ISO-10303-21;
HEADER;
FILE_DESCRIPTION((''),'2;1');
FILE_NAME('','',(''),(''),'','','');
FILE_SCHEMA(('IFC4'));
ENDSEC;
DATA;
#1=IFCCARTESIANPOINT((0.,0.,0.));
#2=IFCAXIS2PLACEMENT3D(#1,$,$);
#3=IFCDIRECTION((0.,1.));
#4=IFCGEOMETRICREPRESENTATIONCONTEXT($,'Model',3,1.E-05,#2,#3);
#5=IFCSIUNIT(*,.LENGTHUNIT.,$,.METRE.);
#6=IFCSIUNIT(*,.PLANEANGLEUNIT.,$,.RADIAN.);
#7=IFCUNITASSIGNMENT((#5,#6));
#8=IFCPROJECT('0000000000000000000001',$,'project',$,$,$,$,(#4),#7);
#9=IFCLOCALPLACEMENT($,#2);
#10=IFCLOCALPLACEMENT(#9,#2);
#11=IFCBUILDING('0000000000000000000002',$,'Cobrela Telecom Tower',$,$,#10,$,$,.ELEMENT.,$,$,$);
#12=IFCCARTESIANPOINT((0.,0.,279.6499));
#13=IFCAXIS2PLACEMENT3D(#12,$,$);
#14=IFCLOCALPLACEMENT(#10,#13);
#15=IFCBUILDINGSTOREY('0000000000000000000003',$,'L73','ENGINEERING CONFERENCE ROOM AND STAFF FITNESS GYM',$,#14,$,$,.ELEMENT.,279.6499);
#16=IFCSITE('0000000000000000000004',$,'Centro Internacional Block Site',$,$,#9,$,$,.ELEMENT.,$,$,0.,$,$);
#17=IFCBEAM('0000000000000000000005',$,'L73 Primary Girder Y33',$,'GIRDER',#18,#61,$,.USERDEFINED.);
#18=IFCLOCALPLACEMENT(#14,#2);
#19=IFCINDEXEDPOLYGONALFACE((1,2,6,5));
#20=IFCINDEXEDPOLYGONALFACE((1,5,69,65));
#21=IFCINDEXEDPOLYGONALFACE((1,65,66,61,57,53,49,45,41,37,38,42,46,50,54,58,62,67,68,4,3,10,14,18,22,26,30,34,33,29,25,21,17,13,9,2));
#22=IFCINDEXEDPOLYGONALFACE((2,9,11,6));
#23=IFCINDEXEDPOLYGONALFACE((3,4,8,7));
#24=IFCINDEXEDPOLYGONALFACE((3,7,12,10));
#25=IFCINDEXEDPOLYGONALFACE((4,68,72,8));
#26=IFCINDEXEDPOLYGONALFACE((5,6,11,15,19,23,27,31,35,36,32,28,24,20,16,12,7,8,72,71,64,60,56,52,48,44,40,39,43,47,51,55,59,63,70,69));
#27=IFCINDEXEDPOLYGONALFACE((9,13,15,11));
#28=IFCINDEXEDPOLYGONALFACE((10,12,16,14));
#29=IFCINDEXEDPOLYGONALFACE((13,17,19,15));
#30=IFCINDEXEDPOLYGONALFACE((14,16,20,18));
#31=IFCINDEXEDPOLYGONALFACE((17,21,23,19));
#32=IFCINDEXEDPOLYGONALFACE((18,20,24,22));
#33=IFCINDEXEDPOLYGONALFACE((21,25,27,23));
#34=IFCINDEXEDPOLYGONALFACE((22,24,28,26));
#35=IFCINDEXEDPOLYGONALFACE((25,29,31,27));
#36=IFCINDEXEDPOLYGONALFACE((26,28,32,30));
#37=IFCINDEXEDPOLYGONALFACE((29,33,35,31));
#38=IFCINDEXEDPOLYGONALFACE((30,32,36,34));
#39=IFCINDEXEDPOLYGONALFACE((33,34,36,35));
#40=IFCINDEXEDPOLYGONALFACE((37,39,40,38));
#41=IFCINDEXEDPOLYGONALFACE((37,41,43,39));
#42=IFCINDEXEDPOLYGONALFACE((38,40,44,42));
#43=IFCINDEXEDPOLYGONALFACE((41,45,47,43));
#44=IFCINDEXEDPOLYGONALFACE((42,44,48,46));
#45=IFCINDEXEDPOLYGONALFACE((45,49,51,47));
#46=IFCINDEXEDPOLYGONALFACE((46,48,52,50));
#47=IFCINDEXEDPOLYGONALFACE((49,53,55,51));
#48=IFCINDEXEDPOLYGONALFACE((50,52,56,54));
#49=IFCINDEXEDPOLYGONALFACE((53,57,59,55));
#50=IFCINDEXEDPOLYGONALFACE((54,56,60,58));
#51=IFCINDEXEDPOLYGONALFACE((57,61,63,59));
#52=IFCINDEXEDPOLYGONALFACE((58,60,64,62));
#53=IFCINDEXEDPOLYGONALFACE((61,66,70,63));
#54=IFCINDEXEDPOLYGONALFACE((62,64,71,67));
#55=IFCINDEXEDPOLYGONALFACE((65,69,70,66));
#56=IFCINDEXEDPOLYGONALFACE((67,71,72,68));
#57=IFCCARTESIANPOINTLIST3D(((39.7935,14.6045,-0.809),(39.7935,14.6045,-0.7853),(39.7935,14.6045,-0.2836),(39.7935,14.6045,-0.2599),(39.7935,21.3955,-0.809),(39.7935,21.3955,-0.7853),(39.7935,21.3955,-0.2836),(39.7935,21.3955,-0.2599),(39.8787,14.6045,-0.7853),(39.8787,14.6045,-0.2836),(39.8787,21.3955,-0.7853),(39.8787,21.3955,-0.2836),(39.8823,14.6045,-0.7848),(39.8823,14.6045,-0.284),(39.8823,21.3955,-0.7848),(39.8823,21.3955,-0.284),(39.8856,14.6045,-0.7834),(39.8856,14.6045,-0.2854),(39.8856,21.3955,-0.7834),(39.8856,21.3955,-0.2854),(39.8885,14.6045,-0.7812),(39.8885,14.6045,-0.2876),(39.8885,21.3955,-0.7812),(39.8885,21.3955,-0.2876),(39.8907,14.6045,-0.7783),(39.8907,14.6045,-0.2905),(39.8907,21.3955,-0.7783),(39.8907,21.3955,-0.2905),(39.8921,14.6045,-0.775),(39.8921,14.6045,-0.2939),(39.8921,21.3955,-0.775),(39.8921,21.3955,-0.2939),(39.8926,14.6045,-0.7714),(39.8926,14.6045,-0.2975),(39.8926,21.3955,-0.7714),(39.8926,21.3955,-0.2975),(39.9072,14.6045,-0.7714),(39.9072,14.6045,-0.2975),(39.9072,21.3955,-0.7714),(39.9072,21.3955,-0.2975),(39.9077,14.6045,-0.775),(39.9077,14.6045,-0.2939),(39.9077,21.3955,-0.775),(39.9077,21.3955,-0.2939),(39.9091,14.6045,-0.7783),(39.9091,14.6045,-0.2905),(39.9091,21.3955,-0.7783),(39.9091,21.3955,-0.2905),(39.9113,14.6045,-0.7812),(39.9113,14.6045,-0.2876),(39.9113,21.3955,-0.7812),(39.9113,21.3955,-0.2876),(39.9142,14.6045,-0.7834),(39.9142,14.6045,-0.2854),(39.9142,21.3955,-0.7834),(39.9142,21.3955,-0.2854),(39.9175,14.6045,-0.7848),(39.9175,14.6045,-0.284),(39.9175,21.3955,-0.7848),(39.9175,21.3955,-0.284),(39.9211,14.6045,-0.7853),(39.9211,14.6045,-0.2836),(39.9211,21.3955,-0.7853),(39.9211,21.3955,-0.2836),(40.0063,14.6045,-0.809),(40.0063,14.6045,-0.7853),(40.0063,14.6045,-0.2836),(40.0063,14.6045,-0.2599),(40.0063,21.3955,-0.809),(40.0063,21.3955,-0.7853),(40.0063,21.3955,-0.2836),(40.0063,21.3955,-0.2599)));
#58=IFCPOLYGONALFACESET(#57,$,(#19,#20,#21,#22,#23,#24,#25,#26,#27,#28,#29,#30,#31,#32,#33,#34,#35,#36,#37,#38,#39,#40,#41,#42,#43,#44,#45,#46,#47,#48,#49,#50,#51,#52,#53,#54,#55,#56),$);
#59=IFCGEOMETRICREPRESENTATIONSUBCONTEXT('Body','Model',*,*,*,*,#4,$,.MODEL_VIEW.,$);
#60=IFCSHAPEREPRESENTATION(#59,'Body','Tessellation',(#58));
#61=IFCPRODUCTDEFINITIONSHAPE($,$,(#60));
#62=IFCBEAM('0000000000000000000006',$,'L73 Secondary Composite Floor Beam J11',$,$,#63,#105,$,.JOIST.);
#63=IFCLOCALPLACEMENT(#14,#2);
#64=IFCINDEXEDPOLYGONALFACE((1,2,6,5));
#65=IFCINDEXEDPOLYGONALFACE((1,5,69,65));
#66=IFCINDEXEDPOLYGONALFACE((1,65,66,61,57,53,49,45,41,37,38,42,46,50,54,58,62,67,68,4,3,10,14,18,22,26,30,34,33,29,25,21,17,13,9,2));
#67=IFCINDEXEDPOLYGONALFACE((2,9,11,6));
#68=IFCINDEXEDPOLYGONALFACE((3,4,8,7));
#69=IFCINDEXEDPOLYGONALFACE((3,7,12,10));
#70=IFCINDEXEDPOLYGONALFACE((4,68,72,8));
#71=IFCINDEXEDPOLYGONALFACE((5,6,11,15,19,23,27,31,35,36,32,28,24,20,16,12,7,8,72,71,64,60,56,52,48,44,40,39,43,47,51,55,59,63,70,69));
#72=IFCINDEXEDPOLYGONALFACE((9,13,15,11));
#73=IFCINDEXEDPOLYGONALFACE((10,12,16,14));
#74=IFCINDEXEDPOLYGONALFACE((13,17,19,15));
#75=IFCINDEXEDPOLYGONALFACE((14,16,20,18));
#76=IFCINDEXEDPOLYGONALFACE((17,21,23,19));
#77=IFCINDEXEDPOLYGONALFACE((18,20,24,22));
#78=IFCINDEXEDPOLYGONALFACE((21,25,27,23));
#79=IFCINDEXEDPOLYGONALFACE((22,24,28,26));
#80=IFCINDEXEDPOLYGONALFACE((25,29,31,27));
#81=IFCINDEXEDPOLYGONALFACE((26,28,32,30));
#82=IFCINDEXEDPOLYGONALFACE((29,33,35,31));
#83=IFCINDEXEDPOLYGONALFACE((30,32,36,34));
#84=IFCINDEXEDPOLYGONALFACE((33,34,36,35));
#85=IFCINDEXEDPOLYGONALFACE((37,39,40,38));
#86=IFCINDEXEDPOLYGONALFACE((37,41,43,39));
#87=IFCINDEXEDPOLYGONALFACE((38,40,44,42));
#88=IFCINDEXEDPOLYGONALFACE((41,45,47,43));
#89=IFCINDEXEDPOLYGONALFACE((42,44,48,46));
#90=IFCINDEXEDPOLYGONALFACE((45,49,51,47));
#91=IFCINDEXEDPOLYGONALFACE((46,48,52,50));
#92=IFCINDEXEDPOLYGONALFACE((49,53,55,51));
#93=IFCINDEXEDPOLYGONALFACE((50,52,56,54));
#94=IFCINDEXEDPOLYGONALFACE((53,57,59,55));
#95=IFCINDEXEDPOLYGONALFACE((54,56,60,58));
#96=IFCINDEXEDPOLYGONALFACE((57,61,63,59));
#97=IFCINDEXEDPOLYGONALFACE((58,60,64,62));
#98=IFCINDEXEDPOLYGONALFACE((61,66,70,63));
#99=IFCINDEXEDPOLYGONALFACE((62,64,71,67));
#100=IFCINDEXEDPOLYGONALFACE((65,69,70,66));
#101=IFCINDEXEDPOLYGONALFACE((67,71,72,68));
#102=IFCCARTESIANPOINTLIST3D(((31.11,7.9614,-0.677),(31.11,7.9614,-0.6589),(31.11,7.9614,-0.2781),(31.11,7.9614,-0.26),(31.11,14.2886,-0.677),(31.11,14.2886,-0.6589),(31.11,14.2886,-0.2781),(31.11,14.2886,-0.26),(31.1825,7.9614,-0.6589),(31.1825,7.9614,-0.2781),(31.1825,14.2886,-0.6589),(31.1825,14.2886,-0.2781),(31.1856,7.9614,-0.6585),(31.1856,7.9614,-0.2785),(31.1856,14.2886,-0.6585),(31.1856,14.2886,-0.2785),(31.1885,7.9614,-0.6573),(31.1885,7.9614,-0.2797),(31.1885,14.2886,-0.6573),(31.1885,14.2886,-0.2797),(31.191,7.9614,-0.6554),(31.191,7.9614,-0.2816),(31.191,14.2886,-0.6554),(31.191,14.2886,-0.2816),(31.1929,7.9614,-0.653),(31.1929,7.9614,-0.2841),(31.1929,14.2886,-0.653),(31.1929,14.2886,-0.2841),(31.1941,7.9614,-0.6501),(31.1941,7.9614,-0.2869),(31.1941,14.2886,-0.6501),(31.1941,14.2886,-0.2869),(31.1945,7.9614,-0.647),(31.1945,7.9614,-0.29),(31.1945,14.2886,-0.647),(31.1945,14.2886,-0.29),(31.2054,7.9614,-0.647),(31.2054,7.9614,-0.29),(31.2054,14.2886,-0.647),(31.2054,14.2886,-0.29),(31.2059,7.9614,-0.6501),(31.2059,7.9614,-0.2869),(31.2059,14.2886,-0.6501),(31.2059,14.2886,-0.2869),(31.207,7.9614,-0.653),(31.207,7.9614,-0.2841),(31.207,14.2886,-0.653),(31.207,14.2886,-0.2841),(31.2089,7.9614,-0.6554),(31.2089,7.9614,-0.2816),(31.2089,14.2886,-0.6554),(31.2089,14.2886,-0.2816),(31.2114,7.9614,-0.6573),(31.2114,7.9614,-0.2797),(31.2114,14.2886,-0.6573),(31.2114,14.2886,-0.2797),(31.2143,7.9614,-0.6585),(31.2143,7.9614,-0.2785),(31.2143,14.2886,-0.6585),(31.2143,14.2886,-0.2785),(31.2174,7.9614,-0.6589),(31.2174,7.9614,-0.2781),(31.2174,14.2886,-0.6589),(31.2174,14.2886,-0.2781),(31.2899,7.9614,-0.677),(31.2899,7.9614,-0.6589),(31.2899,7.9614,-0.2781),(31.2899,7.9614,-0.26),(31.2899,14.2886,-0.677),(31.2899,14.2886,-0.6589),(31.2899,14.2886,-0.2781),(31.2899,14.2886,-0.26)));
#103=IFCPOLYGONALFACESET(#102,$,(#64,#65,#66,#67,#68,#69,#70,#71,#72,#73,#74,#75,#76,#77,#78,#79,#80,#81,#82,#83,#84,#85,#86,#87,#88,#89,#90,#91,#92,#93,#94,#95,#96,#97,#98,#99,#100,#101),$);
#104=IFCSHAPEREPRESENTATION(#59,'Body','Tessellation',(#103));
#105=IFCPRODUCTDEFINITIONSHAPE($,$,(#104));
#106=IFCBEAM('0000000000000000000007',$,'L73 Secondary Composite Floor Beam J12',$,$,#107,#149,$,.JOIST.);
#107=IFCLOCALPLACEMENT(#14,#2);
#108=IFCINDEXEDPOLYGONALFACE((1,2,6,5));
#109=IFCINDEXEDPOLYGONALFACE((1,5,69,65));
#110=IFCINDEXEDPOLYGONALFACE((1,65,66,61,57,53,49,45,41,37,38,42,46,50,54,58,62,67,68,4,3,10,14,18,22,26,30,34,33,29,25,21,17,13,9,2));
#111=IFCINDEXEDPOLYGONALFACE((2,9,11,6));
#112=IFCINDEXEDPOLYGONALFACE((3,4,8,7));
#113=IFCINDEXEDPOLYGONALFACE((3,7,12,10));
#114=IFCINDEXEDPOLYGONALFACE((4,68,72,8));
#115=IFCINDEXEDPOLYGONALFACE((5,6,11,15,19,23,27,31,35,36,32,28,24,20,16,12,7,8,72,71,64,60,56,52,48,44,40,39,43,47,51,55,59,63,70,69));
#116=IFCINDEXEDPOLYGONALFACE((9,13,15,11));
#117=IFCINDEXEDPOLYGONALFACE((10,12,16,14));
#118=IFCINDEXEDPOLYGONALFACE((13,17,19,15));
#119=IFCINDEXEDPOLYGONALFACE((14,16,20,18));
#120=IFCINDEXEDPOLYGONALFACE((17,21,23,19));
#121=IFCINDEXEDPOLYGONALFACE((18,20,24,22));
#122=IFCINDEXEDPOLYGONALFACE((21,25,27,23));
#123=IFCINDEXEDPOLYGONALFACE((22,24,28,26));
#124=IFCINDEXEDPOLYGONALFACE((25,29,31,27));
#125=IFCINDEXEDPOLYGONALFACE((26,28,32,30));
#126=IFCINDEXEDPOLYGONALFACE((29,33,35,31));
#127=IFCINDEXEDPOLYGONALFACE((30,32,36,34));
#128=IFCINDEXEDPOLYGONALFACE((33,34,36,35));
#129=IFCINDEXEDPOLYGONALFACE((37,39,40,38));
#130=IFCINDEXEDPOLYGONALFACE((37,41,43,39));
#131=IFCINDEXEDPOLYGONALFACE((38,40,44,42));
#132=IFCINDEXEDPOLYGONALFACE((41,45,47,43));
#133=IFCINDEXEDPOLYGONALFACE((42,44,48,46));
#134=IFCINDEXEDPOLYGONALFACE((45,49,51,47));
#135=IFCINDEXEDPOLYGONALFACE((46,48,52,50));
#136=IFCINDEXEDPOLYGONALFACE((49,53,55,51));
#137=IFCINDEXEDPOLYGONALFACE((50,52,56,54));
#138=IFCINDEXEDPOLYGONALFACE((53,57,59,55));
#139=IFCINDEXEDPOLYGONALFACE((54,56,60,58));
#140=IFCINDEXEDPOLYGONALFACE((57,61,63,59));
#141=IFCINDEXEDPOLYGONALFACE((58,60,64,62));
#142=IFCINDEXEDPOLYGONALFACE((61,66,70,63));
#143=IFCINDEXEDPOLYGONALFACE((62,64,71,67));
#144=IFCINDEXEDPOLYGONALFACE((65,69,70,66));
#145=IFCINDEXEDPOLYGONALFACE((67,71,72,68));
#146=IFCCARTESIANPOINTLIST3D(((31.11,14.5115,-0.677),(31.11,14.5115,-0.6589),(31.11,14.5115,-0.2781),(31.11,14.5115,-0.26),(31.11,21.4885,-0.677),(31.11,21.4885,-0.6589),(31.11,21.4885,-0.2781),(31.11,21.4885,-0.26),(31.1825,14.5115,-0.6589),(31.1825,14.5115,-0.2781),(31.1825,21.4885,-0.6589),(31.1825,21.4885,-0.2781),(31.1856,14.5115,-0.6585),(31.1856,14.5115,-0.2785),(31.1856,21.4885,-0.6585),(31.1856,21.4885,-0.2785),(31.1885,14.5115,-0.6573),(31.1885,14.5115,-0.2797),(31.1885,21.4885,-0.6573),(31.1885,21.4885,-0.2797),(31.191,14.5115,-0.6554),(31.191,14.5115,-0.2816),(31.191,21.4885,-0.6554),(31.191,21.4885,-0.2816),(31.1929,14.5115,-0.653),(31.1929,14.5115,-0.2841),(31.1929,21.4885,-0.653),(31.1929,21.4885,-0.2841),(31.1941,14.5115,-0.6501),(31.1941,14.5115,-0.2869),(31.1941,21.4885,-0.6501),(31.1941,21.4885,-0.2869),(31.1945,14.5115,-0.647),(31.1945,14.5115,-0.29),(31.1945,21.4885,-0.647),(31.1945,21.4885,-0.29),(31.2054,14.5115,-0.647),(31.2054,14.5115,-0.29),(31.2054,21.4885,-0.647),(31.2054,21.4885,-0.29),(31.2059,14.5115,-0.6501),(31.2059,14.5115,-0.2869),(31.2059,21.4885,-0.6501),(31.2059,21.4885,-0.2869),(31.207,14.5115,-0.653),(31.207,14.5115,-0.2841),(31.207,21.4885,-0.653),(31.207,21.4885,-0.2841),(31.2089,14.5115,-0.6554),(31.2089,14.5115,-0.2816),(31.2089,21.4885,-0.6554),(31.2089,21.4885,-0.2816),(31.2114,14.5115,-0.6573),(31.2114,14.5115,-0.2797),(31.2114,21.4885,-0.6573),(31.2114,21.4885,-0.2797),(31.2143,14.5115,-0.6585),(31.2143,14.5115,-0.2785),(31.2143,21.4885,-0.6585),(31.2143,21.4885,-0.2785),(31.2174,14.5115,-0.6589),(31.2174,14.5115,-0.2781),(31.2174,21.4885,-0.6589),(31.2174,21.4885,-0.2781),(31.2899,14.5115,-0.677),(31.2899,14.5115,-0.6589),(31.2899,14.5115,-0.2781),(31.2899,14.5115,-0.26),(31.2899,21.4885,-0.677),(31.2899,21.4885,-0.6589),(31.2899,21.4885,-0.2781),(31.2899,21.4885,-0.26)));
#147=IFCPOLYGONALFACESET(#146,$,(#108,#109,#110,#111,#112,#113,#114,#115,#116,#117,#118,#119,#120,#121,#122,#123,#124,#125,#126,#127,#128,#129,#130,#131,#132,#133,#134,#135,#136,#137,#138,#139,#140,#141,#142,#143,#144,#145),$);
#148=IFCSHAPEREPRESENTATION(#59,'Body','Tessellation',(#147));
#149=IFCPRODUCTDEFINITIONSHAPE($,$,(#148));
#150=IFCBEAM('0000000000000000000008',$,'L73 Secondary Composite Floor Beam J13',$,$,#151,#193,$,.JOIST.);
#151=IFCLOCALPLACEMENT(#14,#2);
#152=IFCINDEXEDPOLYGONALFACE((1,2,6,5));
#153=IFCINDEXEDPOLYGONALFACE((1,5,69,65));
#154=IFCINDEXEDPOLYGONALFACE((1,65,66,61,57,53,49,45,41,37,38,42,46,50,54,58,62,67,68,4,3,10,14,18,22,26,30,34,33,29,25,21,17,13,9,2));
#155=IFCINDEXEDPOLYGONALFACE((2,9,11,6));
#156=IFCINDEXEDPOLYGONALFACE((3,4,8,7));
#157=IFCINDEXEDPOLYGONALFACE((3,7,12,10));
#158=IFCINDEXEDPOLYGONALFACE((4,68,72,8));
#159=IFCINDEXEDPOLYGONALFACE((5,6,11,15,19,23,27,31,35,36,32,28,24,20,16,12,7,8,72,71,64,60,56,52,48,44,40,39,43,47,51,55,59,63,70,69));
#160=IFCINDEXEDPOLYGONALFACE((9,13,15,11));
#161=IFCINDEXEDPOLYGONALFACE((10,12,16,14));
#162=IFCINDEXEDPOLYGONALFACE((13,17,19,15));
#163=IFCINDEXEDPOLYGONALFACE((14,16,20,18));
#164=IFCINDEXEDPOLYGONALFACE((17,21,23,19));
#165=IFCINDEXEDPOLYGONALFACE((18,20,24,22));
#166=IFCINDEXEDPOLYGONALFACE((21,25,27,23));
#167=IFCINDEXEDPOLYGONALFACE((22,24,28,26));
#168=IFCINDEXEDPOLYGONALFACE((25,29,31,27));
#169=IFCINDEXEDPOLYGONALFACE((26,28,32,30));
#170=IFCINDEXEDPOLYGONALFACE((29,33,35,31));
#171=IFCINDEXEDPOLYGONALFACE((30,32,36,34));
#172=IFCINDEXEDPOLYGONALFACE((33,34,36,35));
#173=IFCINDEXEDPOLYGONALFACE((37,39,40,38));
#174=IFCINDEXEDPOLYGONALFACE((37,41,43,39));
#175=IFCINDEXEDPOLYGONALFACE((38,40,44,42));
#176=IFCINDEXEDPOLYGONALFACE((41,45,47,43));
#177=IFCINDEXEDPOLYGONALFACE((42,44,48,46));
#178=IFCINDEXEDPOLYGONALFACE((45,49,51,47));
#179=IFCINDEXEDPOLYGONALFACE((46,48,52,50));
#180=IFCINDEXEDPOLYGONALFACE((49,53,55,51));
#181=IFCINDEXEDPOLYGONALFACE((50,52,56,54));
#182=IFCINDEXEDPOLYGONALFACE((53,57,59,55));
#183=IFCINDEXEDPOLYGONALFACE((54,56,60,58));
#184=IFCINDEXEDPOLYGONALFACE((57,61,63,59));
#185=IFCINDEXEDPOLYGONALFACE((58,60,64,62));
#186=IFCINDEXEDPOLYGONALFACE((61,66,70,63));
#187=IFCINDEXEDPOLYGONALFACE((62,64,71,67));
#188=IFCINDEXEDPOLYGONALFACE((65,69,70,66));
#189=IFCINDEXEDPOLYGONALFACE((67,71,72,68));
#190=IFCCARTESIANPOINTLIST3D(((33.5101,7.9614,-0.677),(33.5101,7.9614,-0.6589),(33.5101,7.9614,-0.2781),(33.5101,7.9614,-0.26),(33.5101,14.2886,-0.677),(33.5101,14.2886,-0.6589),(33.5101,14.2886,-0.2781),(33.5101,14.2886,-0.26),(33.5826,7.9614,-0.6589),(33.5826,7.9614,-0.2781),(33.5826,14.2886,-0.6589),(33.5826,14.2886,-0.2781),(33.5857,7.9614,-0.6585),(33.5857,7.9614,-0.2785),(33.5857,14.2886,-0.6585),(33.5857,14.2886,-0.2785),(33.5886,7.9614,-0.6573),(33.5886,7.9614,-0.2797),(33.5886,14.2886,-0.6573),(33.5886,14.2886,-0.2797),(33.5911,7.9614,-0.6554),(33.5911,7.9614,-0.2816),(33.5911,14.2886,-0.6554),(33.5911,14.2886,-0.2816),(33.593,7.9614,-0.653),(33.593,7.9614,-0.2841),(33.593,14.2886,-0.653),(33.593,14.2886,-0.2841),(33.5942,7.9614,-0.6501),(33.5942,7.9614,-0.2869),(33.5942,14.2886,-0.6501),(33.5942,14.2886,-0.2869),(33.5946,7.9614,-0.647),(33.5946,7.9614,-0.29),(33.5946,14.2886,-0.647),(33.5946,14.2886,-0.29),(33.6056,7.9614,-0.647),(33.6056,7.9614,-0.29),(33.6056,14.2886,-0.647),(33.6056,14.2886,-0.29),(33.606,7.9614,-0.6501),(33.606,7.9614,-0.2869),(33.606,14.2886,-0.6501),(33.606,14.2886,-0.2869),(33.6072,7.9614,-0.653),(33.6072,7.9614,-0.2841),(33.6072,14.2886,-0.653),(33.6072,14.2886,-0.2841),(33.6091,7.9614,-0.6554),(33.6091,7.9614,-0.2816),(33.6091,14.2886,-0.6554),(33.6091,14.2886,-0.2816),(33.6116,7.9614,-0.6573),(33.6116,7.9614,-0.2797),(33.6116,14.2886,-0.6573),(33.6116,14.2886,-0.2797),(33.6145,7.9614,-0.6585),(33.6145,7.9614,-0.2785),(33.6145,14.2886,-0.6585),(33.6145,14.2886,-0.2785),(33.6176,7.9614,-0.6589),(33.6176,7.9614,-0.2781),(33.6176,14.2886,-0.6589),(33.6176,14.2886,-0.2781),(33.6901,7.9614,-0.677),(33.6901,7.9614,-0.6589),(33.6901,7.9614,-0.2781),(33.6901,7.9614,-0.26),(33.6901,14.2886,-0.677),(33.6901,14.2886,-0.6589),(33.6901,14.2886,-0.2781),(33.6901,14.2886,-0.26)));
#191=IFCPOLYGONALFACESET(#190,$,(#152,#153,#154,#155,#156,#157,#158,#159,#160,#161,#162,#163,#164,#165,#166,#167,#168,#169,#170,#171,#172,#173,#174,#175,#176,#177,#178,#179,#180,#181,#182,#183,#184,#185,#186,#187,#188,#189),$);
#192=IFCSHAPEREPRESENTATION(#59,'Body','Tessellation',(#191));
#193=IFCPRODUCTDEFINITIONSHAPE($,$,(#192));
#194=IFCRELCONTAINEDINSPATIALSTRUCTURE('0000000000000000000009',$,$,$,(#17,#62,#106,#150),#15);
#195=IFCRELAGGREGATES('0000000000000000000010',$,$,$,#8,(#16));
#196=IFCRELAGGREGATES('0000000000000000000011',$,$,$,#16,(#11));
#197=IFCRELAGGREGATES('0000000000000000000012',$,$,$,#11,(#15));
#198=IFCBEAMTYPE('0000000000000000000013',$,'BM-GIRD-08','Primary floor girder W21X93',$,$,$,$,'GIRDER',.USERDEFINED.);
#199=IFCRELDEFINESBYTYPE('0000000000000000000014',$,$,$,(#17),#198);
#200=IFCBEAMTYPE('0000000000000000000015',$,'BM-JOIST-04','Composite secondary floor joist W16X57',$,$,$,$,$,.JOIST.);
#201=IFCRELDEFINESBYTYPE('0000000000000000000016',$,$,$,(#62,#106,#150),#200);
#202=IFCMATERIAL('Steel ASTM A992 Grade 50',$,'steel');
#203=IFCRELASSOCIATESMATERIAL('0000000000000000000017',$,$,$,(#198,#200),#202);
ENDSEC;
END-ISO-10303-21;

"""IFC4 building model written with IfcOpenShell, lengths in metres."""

from ifc_helpers import new_model, si_unit, direction, frame, origin, origin_2d, place, context, subcontext, project, spatial, i_section, extrude, material, material_profile, profile_set, type_object, element, save


model = new_model("IFC4")

# Units and contexts
model_context = context("Model", 3, precision=1e-05, world=origin(), true_north=direction((0.0, 1.0)))
body_context = subcontext(model_context, "Body", "Model", "MODEL_VIEW")
ifc_project = project(units=[si_unit("LENGTHUNIT", "METRE"), si_unit("PLANEANGLEUNIT", "RADIAN")], contexts=[model_context])

# Site, building, storey
site_placement = place(None, origin())
site = spatial("IfcSite", under=ifc_project, at=site_placement, Name="Centro Internacional Block Site", CompositionType="ELEMENT", RefElevation=0.0)
building_placement = place(site_placement, origin())
building = spatial("IfcBuilding", under=site, at=building_placement, Name="Cobrela Telecom Tower", CompositionType="ELEMENT")
storey_placement = place(building_placement, frame((0.0, 0.0, 279.6499)))
storey = spatial("IfcBuildingStorey", under=building, at=storey_placement, Name="L73", Description="ENGINEERING CONFERENCE ROOM AND STAFF FITNESS GYM", CompositionType="ELEMENT", Elevation=279.6499)

# Shared definitions
ifc_material_1 = material(Name="Steel ASTM A992 Grade 50", Category="steel")

# Beams
ifc_material_profile_1 = material_profile(ifc_material_1, i_section(OverallWidth=0.2129, OverallDepth=0.5491, WebThickness=0.0146, FlangeThickness=0.0237, FilletRadius=0.0139, at=origin_2d()), Name="W21X93")
ifc_profile_set_1 = profile_set([ifc_material_profile_1], Name="Steel ASTM A992 Grade 50")
beam_type_1 = type_object("IfcBeamType", Name="BM-GIRD-08", Description="Primary floor girder W21X93", ElementType="GIRDER", PredefinedType="USERDEFINED", material=ifc_profile_set_1)
for number, where, z_axis, x_axis, name in (
    (1, (39.8999, 14.6045, -0.5344), (0.0, 1.0, 0.0), (-1.0, 0.0, 0.0), "L73 Primary Girder Y33"),
):
    element("IfcBeam", number, at=place(storey_placement, frame(where, z_axis=z_axis, x_axis=x_axis)), inside=storey, type_object=beam_type_1, Name=name, ObjectType="GIRDER", PredefinedType="USERDEFINED", context=body_context, shape_type="SweptSolid", body=[
        extrude(i_section(OverallWidth=0.2129, OverallDepth=0.5491, WebThickness=0.0146, FlangeThickness=0.0237, FilletRadius=0.0139, at=origin_2d()), origin(), (0.0, 0.0, 1.0), 6.791),
    ])
ifc_material_profile_2 = material_profile(ifc_material_1, i_section(OverallWidth=0.1799, OverallDepth=0.417, WebThickness=0.011, FlangeThickness=0.0181, FilletRadius=0.012, at=origin_2d()), Name="W16X57")
ifc_profile_set_2 = profile_set([ifc_material_profile_2], Name="Steel ASTM A992 Grade 50")
beam_type_2 = type_object("IfcBeamType", Name="BM-JOIST-04", Description="Composite secondary floor joist W16X57", PredefinedType="JOIST", material=ifc_profile_set_2)
beam_1_placement = place(storey_placement, frame((31.2, 7.9614, -0.4685), z_axis=(0.0, 1.0, 0.0), x_axis=(-1.0, 0.0, 0.0)))
element("IfcBeam", 2, at=beam_1_placement, inside=storey, type_object=beam_type_2, Name="L73 Secondary Composite Floor Beam J11", PredefinedType="JOIST", context=body_context, shape_type="SweptSolid", body=[
    extrude(i_section(OverallWidth=0.1799, OverallDepth=0.417, WebThickness=0.011, FlangeThickness=0.0181, FilletRadius=0.012, at=origin_2d()), origin(), (0.0, 0.0, 1.0), 6.3271),
])
beam_2_placement = place(storey_placement, frame((31.2, 14.5115, -0.4685), z_axis=(0.0, 1.0, 0.0), x_axis=(-1.0, 0.0, 0.0)))
element("IfcBeam", 3, at=beam_2_placement, inside=storey, type_object=beam_type_2, Name="L73 Secondary Composite Floor Beam J12", PredefinedType="JOIST", context=body_context, shape_type="SweptSolid", body=[
    extrude(i_section(OverallWidth=0.1799, OverallDepth=0.417, WebThickness=0.011, FlangeThickness=0.0181, FilletRadius=0.012, at=origin_2d()), origin(), (0.0, 0.0, 1.0), 6.9771),
])
beam_3_placement = place(storey_placement, frame((33.6001, 7.9614, -0.4685), z_axis=(0.0, 1.0, 0.0), x_axis=(-1.0, 0.0, 0.0)))
element("IfcBeam", 4, at=beam_3_placement, inside=storey, type_object=beam_type_2, Name="L73 Secondary Composite Floor Beam J13", PredefinedType="JOIST", context=body_context, shape_type="SweptSolid", body=[
    extrude(i_section(OverallWidth=0.1799, OverallDepth=0.417, WebThickness=0.011, FlangeThickness=0.0181, FilletRadius=0.012, at=origin_2d()), origin(), (0.0, 0.0, 1.0), 6.3271),
])

save(model, "model.ifc")
